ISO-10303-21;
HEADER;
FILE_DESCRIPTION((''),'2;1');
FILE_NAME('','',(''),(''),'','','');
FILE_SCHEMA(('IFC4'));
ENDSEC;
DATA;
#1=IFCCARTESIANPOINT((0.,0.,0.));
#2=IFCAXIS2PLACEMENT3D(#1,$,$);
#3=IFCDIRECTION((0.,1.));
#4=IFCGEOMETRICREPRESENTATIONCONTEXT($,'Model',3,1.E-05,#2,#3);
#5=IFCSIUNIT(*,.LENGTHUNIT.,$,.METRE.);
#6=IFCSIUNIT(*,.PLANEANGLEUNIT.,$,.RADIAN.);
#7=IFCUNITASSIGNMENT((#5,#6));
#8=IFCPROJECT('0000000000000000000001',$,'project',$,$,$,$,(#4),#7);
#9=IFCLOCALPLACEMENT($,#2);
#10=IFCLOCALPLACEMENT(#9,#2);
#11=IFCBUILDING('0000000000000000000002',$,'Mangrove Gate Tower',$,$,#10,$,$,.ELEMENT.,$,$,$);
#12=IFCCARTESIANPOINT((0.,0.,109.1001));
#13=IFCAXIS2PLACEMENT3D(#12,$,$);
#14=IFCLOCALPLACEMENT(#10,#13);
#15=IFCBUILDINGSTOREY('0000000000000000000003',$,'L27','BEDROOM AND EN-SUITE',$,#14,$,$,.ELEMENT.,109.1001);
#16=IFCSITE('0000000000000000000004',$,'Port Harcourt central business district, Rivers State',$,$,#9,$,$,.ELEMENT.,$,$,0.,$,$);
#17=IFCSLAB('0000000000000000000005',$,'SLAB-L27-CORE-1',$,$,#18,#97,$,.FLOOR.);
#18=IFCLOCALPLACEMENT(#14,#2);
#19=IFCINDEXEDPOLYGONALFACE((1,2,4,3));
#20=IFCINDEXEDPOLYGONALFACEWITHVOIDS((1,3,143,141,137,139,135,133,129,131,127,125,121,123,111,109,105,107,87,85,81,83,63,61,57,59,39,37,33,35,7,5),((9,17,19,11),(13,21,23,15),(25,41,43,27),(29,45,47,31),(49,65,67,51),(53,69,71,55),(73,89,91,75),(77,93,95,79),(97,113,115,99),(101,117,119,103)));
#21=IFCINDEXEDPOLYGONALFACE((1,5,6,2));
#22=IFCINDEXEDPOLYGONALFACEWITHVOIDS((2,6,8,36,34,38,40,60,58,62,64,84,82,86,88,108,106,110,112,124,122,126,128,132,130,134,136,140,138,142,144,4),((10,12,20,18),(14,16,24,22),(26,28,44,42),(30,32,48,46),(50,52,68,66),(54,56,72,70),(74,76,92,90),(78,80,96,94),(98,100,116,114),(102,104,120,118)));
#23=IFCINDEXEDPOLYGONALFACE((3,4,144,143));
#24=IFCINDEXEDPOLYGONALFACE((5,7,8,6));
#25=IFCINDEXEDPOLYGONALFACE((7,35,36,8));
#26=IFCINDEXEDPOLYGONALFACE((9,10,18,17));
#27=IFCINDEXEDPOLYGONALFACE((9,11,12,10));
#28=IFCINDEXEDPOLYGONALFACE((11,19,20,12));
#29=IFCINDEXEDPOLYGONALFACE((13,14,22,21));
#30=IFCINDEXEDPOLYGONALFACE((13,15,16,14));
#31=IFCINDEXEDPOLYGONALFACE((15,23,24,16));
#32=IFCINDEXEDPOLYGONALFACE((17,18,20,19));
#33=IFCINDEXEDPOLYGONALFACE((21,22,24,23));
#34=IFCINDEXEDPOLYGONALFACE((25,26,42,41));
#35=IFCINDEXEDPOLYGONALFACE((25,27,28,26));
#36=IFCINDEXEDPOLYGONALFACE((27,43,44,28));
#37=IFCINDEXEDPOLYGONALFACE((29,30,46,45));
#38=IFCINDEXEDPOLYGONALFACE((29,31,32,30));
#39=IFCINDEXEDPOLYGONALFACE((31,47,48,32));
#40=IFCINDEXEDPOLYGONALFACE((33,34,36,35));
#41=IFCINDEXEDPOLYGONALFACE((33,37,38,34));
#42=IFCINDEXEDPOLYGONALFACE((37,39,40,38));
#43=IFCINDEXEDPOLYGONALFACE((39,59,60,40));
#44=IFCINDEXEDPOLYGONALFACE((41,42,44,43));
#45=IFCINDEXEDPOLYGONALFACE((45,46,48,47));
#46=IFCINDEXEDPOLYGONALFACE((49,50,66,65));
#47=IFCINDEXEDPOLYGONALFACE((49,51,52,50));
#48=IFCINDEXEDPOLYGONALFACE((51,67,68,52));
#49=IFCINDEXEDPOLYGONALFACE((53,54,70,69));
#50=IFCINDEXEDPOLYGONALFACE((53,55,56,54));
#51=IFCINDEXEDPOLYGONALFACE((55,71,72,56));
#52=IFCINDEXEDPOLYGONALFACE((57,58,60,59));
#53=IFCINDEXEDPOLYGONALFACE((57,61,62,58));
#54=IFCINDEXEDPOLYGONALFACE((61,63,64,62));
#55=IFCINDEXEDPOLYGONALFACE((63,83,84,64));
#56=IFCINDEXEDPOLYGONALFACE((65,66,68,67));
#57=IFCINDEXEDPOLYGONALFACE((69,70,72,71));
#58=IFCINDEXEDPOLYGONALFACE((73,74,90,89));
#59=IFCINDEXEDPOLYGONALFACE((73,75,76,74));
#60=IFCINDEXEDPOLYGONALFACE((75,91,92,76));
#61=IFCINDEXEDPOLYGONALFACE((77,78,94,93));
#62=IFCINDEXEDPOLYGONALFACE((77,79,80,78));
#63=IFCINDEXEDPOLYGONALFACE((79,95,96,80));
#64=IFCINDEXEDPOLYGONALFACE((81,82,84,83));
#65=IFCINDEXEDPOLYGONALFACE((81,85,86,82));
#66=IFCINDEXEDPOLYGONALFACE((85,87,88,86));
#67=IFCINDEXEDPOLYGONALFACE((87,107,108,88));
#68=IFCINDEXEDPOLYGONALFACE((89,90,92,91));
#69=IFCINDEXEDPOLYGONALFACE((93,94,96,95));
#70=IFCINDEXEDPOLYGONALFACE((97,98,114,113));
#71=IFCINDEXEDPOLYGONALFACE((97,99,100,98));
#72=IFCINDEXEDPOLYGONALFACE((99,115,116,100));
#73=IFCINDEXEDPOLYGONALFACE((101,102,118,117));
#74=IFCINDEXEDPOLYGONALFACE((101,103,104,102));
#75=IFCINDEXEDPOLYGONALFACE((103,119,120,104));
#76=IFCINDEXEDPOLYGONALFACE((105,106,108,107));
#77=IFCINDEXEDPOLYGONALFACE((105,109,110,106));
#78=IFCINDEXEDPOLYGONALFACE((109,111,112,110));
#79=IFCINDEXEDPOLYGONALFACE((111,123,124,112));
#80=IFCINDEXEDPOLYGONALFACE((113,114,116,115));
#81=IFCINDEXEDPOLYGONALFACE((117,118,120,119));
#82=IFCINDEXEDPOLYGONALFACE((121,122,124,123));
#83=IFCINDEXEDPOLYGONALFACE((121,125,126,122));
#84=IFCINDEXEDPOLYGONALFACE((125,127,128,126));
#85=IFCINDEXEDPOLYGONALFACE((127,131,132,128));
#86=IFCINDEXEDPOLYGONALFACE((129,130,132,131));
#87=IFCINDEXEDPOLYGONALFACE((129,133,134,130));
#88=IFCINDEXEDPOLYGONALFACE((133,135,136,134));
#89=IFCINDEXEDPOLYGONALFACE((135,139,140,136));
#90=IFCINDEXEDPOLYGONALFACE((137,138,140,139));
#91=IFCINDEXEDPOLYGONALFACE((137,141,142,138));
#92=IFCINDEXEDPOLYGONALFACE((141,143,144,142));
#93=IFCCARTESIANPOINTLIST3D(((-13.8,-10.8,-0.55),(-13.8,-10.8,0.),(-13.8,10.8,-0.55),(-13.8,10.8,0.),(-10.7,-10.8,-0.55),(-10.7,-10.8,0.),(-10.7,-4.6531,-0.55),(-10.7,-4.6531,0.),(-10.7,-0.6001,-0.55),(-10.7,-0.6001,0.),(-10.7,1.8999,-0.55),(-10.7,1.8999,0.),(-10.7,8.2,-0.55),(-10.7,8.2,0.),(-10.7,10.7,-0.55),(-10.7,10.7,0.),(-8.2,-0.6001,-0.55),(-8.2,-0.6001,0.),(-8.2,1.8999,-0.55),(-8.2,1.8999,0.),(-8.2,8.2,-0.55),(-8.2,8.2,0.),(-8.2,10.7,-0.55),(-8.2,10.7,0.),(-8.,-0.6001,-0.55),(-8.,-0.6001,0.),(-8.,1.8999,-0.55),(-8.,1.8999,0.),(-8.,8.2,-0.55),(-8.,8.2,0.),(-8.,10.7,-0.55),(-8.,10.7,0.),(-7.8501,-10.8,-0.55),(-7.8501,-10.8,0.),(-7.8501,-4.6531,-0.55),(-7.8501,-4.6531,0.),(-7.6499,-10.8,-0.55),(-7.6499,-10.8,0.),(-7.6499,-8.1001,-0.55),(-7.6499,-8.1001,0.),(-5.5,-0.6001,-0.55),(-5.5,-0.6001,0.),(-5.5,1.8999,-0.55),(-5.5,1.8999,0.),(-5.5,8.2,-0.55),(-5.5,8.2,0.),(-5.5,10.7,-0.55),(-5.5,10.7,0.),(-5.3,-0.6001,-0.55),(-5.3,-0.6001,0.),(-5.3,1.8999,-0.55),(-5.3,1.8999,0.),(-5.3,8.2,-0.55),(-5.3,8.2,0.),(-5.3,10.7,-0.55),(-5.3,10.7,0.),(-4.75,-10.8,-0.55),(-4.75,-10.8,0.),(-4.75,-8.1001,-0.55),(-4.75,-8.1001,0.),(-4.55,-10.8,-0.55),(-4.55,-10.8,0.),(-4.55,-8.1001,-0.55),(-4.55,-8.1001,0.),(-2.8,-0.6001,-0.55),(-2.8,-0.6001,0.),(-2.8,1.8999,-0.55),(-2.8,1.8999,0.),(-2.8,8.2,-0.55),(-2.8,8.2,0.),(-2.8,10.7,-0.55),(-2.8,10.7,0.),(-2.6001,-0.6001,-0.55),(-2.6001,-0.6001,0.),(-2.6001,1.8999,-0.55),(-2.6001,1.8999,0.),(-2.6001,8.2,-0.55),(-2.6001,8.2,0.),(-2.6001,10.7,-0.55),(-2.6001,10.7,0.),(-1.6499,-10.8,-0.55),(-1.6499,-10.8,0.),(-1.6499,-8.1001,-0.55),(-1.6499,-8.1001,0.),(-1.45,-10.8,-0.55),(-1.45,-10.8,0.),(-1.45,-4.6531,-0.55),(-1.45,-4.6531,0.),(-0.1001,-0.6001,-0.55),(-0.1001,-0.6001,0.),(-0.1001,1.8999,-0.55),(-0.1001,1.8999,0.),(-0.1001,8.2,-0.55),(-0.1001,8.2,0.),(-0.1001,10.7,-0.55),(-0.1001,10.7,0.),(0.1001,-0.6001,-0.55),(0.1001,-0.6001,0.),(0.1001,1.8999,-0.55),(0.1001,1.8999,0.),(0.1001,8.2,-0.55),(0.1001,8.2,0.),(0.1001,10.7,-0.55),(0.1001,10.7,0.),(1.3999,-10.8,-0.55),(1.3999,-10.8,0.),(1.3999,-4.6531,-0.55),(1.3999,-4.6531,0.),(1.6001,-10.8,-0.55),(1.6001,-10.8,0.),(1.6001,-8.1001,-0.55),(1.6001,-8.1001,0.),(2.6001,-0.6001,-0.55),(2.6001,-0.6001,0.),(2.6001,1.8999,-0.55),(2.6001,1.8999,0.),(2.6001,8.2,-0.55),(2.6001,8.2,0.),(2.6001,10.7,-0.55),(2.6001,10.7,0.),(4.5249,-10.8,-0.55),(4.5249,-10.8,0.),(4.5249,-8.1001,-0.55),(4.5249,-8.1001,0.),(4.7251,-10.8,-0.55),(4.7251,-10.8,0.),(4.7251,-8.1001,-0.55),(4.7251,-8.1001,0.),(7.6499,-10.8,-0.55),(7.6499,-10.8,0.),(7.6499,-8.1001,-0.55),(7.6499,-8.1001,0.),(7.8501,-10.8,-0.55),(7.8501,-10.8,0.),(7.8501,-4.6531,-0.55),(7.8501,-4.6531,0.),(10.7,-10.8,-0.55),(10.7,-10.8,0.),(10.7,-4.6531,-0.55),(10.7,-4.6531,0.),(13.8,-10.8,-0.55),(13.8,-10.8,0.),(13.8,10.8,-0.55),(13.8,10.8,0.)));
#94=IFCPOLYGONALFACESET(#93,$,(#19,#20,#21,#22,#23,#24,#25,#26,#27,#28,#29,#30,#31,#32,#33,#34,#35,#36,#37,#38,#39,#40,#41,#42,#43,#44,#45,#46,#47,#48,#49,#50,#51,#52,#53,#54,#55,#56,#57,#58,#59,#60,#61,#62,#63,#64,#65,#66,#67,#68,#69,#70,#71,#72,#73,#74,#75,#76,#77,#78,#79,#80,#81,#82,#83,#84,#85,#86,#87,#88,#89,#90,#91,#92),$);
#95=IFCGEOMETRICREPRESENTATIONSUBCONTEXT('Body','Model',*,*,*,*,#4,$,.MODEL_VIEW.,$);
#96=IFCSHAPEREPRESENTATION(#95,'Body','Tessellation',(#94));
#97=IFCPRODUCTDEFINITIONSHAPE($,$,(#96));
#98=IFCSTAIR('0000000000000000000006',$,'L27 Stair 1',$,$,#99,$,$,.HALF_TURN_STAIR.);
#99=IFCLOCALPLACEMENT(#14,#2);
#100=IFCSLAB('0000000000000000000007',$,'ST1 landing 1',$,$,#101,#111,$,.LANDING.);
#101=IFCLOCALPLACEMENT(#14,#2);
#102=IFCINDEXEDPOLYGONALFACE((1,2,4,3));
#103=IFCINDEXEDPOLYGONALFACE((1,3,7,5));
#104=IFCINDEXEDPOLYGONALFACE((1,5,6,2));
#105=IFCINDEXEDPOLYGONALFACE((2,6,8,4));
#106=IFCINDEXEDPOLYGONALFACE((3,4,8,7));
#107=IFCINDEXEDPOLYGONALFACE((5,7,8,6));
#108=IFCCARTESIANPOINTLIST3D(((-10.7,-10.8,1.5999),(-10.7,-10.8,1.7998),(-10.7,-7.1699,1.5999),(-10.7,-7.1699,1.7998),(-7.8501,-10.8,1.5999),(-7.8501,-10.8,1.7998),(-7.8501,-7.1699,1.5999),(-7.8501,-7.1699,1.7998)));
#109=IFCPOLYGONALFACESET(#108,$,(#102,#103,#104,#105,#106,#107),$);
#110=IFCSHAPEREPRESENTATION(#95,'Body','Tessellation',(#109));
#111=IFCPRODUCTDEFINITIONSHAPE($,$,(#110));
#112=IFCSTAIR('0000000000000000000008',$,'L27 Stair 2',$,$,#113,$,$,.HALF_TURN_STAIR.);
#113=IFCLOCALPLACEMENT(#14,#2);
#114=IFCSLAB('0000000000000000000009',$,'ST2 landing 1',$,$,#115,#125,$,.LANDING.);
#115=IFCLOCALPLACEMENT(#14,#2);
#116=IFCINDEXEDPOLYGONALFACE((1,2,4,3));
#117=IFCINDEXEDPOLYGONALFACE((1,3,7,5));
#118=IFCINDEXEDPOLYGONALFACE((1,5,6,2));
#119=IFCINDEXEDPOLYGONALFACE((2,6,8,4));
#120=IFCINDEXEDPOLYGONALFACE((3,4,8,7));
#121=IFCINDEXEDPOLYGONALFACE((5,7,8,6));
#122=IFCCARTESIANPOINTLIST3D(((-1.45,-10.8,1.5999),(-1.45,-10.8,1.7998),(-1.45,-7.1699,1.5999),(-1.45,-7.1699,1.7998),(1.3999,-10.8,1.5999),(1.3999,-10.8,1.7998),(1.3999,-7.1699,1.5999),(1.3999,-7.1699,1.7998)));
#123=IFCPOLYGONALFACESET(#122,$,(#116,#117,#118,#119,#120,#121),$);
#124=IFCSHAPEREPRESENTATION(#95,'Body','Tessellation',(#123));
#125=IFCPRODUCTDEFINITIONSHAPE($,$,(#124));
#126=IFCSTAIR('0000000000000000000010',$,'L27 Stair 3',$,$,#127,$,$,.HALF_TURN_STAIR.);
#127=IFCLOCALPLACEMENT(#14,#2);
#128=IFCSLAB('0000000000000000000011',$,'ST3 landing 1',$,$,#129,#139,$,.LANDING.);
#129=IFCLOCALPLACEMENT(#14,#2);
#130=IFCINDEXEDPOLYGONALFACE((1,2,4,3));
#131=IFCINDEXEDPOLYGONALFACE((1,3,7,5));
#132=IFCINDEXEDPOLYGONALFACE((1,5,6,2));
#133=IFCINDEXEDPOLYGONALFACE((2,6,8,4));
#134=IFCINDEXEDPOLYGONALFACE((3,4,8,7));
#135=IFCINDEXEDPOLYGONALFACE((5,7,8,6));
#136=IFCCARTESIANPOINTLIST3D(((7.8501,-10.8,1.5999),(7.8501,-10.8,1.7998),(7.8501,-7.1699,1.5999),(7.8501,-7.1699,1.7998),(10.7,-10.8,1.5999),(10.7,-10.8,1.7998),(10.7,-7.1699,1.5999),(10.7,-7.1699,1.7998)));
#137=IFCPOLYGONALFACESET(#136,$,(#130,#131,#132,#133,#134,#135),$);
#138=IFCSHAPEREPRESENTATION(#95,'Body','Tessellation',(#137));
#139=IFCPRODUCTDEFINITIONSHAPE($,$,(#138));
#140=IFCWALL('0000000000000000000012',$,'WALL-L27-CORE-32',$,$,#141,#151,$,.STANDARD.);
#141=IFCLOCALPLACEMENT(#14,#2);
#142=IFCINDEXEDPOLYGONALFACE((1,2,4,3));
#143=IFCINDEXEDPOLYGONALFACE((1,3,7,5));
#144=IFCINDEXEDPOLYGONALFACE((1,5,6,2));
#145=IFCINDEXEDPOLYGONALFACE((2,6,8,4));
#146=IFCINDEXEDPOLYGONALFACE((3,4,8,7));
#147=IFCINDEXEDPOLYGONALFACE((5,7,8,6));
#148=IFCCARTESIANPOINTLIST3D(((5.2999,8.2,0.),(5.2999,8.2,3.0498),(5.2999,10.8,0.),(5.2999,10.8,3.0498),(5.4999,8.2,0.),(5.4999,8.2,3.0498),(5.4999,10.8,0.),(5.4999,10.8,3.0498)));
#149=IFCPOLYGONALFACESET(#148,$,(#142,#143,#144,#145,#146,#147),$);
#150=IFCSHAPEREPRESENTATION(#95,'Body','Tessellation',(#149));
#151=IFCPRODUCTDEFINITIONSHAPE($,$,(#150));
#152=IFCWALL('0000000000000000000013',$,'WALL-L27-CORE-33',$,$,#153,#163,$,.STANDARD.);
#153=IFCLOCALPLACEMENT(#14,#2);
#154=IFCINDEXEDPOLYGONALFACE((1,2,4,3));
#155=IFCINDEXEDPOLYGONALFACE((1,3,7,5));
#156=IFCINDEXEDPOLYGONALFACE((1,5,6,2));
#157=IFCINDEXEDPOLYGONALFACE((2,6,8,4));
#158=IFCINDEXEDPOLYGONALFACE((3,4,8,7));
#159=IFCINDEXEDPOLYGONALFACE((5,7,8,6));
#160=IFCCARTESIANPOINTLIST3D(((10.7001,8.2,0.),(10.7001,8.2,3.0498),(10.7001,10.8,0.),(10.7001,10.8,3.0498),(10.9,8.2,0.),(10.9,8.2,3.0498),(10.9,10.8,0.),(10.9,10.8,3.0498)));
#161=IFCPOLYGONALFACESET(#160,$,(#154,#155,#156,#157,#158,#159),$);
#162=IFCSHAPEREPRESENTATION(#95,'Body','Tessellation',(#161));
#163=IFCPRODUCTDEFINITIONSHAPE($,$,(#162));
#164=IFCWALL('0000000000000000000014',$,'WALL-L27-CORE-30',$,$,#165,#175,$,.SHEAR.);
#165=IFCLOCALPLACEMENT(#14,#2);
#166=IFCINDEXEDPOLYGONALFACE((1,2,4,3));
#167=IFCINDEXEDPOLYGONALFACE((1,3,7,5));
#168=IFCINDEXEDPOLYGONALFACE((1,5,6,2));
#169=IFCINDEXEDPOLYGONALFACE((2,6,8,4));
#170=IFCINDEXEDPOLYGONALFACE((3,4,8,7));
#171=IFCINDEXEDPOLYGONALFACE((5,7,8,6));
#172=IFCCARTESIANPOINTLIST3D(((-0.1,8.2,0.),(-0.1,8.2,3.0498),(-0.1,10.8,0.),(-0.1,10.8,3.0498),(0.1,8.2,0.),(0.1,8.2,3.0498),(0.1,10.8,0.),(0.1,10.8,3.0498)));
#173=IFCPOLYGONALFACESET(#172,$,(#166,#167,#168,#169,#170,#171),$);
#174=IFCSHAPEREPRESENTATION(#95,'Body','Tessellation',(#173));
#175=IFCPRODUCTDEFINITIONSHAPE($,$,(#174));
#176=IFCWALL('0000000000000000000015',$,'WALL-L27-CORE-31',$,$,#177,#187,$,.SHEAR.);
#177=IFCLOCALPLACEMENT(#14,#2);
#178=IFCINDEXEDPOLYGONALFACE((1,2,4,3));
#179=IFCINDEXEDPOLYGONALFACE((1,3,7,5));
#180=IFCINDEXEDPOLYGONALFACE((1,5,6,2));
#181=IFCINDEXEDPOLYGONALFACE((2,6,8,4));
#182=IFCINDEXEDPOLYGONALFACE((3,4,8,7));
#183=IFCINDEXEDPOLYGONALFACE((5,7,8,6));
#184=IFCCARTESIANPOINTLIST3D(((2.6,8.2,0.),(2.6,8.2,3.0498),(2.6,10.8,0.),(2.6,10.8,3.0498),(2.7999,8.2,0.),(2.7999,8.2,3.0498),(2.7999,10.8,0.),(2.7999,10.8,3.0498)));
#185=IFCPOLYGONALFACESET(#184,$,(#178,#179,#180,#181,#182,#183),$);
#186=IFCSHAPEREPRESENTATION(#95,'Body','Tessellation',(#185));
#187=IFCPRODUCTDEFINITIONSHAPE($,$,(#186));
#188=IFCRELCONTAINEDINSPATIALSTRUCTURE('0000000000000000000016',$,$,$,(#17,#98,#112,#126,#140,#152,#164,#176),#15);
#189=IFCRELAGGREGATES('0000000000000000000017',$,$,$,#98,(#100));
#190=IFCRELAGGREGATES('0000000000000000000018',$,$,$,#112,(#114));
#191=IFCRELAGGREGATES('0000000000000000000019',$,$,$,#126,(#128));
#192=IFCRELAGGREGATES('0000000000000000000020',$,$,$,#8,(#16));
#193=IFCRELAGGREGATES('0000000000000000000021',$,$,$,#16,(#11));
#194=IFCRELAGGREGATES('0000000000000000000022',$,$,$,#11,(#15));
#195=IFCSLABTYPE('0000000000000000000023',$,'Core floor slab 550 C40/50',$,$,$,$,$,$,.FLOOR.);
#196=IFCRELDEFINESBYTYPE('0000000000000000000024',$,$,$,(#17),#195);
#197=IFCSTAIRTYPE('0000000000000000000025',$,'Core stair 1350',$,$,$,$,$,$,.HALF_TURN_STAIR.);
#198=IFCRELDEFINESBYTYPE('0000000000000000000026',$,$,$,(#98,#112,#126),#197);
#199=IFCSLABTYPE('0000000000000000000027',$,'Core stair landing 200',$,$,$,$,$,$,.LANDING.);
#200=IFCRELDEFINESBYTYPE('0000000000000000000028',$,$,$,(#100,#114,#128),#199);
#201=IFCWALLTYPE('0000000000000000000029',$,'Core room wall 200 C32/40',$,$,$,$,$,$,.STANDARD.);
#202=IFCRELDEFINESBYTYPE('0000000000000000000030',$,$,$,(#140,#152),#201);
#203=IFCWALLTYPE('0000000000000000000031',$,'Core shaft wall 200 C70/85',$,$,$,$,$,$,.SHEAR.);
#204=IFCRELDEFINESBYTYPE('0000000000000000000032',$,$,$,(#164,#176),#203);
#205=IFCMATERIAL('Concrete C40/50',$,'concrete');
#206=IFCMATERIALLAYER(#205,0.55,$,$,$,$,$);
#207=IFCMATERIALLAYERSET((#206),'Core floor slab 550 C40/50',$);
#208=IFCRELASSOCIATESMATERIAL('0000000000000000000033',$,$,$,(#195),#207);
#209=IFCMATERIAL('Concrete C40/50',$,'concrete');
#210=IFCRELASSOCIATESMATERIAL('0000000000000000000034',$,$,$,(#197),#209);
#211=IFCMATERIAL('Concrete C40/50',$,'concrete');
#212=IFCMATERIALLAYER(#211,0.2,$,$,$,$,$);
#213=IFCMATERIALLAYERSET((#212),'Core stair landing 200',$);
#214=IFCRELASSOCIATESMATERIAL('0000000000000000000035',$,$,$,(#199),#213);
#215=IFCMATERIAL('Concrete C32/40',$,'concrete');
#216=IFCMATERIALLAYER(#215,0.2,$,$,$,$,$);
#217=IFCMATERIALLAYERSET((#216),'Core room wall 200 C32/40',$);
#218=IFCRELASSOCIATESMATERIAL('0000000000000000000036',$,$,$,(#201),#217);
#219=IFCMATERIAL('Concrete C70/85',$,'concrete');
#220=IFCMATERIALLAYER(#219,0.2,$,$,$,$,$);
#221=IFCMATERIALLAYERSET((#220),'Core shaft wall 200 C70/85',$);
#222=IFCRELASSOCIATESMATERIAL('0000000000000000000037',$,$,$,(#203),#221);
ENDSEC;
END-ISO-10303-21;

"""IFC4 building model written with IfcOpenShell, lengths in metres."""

from ifc_helpers import new_model, si_unit, direction, frame, frame_2d, origin, place, context, subcontext, project, spatial, polyline, rectangle, outline, extrude, material, layer, layer_set, type_object, element, aggregate, save


model = new_model("IFC4")

# Units and contexts
model_context = context("Model", 3, precision=1e-05, world=origin(), true_north=direction((0.0, 1.0)))
body_context = subcontext(model_context, "Body", "Model", "MODEL_VIEW")
ifc_project = project(units=[si_unit("LENGTHUNIT", "METRE"), si_unit("PLANEANGLEUNIT", "RADIAN")], contexts=[model_context])

# Site, building, storey
site_placement = place(None, origin())
site = spatial("IfcSite", under=ifc_project, at=site_placement, Name="Port Harcourt central business district, Rivers State", CompositionType="ELEMENT", RefElevation=0.0)
building_placement = place(site_placement, origin())
building = spatial("IfcBuilding", under=site, at=building_placement, Name="Mangrove Gate Tower", CompositionType="ELEMENT")
storey_placement = place(building_placement, frame((0.0, 0.0, 109.1001)))
storey = spatial("IfcBuildingStorey", under=building, at=storey_placement, Name="L27", Description="BEDROOM AND EN-SUITE", CompositionType="ELEMENT", Elevation=109.1001)

# Slab
ifc_material_1 = material(Name="Concrete C40/50", Category="concrete")
ifc_layer_1 = layer(ifc_material_1, 0.55)
ifc_layer_set_1 = layer_set([ifc_layer_1], Name="Core floor slab 550 C40/50")
slab_type_1 = type_object("IfcSlabType", Name="Core floor slab 550 C40/50", PredefinedType="FLOOR", material=ifc_layer_set_1)
slab_1_placement = place(storey_placement, frame((0.0, 0.0, -0.55)))
element("IfcSlab", 1, at=slab_1_placement, inside=storey, type_object=slab_type_1, Name="SLAB-L27-CORE-1", PredefinedType="FLOOR", context=body_context, shape_type="SweptSolid", body=[
    extrude(outline(polyline([(-13.8, -10.8), (-13.8, 10.8), (13.8, 10.8), (13.8, -10.8), (10.7, -10.8), (10.7, -4.6531), (7.8501, -4.6531), (7.8501, -10.8), (7.6499, -10.8), (7.6499, -8.1001), (4.7251, -8.1001), (4.7251, -10.8), (4.5249, -10.8), (4.5249, -8.1001), (1.6001, -8.1001), (1.6001, -10.8), (1.3999, -10.8), (1.3999, -4.6531), (-1.45, -4.6531), (-1.45, -10.8), (-1.6499, -10.8), (-1.6499, -8.1001), (-4.55, -8.1001), (-4.55, -10.8), (-4.75, -10.8), (-4.75, -8.1001), (-7.6499, -8.1001), (-7.6499, -10.8), (-7.8501, -10.8), (-7.8501, -4.6531), (-10.7, -4.6531), (-10.7, -10.8), (-13.8, -10.8)]), holes=[polyline([(-8.2, -0.6001), (-8.2, 1.8999), (-10.7, 1.8999), (-10.7, -0.6001), (-8.2, -0.6001)]), polyline([(-5.5, -0.6001), (-5.5, 1.8999), (-8.0, 1.8999), (-8.0, -0.6001), (-5.5, -0.6001)]), polyline([(-2.8, -0.6001), (-2.8, 1.8999), (-5.3, 1.8999), (-5.3, -0.6001), (-2.8, -0.6001)]), polyline([(-8.2, 8.2), (-8.2, 10.7), (-10.7, 10.7), (-10.7, 8.2), (-8.2, 8.2)]), polyline([(-5.5, 8.2), (-5.5, 10.7), (-8.0, 10.7), (-8.0, 8.2), (-5.5, 8.2)]), polyline([(-2.8, 8.2), (-2.8, 10.7), (-5.3, 10.7), (-5.3, 8.2), (-2.8, 8.2)]), polyline([(-0.1001, -0.6001), (-0.1001, 1.8999), (-2.6001, 1.8999), (-2.6001, -0.6001), (-0.1001, -0.6001)]), polyline([(2.6001, -0.6001), (2.6001, 1.8999), (0.1001, 1.8999), (0.1001, -0.6001), (2.6001, -0.6001)]), polyline([(-2.6001, 8.2), (-0.1001, 8.2), (-0.1001, 10.7), (-2.6001, 10.7), (-2.6001, 8.2)]), polyline([(0.1001, 8.2), (2.6001, 8.2), (2.6001, 10.7), (0.1001, 10.7), (0.1001, 8.2)])]), origin(), (0.0, 0.0, 1.0), 0.55),
])

# Stairs, slabs
ifc_material_2 = material(Name="Concrete C40/50", Category="concrete")
stair_type = type_object("IfcStairType", Name="Core stair 1350", PredefinedType="HALF_TURN_STAIR", material=ifc_material_2)
stair_1_placement = place(storey_placement, origin())
stair_1 = element("IfcStair", 2, at=stair_1_placement, inside=storey, type_object=stair_type, Name="L27 Stair 1", PredefinedType="HALF_TURN_STAIR")
ifc_material_3 = material(Name="Concrete C40/50", Category="concrete")
ifc_layer_2 = layer(ifc_material_3, 0.2)
ifc_layer_set_2 = layer_set([ifc_layer_2], Name="Core stair landing 200")
slab_type_2 = type_object("IfcSlabType", Name="Core stair landing 200", PredefinedType="LANDING", material=ifc_layer_set_2)
slab_2_placement = place(storey_placement, frame((0.0, 0.0, 1.5999)))
slab_2 = element("IfcSlab", 3, at=slab_2_placement, type_object=slab_type_2, Name="ST1 landing 1", PredefinedType="LANDING", context=body_context, shape_type="SweptSolid", body=[
    extrude(outline(polyline([(-10.7, -7.1699), (-10.7, -10.8), (-7.8501, -10.8), (-7.8501, -7.1699), (-10.7, -7.1699)])), origin(), (0.0, 0.0, 1.0), 0.2),
])
aggregate(stair_1, [slab_2])
stair_2_placement = place(storey_placement, origin())
stair_2 = element("IfcStair", 4, at=stair_2_placement, inside=storey, type_object=stair_type, Name="L27 Stair 2", PredefinedType="HALF_TURN_STAIR")
slab_3_placement = place(storey_placement, frame((0.0, 0.0, 1.5999)))
slab_3 = element("IfcSlab", 5, at=slab_3_placement, type_object=slab_type_2, Name="ST2 landing 1", PredefinedType="LANDING", context=body_context, shape_type="SweptSolid", body=[
    extrude(outline(polyline([(-1.45, -7.1699), (-1.45, -10.8), (1.3999, -10.8), (1.3999, -7.1699), (-1.45, -7.1699)])), origin(), (0.0, 0.0, 1.0), 0.2),
])
aggregate(stair_2, [slab_3])
stair_3_placement = place(storey_placement, origin())
stair_3 = element("IfcStair", 6, at=stair_3_placement, inside=storey, type_object=stair_type, Name="L27 Stair 3", PredefinedType="HALF_TURN_STAIR")
slab_4_placement = place(storey_placement, frame((0.0, 0.0, 1.5999)))
slab_4 = element("IfcSlab", 7, at=slab_4_placement, type_object=slab_type_2, Name="ST3 landing 1", PredefinedType="LANDING", context=body_context, shape_type="SweptSolid", body=[
    extrude(outline(polyline([(7.8501, -7.1699), (7.8501, -10.8), (10.7, -10.8), (10.7, -7.1699), (7.8501, -7.1699)])), origin(), (0.0, 0.0, 1.0), 0.2),
])
aggregate(stair_3, [slab_4])

# Walls
ifc_material_4 = material(Name="Concrete C32/40", Category="concrete")
ifc_layer_3 = layer(ifc_material_4, 0.2)
ifc_layer_set_3 = layer_set([ifc_layer_3], Name="Core room wall 200 C32/40")
wall_type_1 = type_object("IfcWallType", Name="Core room wall 200 C32/40", PredefinedType="STANDARD", material=ifc_layer_set_3)
for number, where, z_axis, x_axis, name in (
    (8, (5.3999, 8.2, 0.0), (0.0, 0.0, 1.0), (0.0, 1.0, 0.0), "WALL-L27-CORE-32"),
    (9, (10.8, 8.2, 0.0), (0.0, 0.0, 1.0), (0.0, 1.0, 0.0), "WALL-L27-CORE-33"),
):
    element("IfcWall", number, at=place(storey_placement, frame(where, z_axis=z_axis, x_axis=x_axis)), inside=storey, type_object=wall_type_1, Name=name, PredefinedType="STANDARD", context=body_context, shape_type="SweptSolid", body=[
        extrude(rectangle(XDim=2.6001, YDim=0.2, at=frame_2d((1.3, 0.0))), origin(), (0.0, 0.0, 1.0), 3.0498),
    ])
ifc_material_5 = material(Name="Concrete C70/85", Category="concrete")
ifc_layer_4 = layer(ifc_material_5, 0.2)
ifc_layer_set_4 = layer_set([ifc_layer_4], Name="Core shaft wall 200 C70/85")
wall_type_2 = type_object("IfcWallType", Name="Core shaft wall 200 C70/85", PredefinedType="SHEAR", material=ifc_layer_set_4)
for number, where, z_axis, x_axis, name in (
    (10, (0.0, 8.2, 0.0), (0.0, 0.0, 1.0), (0.0, 1.0, 0.0), "WALL-L27-CORE-30"),
    (11, (2.7, 8.2, 0.0), (0.0, 0.0, 1.0), (0.0, 1.0, 0.0), "WALL-L27-CORE-31"),
):
    element("IfcWall", number, at=place(storey_placement, frame(where, z_axis=z_axis, x_axis=x_axis)), inside=storey, type_object=wall_type_2, Name=name, PredefinedType="SHEAR", context=body_context, shape_type="SweptSolid", body=[
        extrude(rectangle(XDim=2.6001, YDim=0.2, at=frame_2d((1.3, 0.0))), origin(), (0.0, 0.0, 1.0), 3.0498),
    ])

save(model, "model.ifc")
